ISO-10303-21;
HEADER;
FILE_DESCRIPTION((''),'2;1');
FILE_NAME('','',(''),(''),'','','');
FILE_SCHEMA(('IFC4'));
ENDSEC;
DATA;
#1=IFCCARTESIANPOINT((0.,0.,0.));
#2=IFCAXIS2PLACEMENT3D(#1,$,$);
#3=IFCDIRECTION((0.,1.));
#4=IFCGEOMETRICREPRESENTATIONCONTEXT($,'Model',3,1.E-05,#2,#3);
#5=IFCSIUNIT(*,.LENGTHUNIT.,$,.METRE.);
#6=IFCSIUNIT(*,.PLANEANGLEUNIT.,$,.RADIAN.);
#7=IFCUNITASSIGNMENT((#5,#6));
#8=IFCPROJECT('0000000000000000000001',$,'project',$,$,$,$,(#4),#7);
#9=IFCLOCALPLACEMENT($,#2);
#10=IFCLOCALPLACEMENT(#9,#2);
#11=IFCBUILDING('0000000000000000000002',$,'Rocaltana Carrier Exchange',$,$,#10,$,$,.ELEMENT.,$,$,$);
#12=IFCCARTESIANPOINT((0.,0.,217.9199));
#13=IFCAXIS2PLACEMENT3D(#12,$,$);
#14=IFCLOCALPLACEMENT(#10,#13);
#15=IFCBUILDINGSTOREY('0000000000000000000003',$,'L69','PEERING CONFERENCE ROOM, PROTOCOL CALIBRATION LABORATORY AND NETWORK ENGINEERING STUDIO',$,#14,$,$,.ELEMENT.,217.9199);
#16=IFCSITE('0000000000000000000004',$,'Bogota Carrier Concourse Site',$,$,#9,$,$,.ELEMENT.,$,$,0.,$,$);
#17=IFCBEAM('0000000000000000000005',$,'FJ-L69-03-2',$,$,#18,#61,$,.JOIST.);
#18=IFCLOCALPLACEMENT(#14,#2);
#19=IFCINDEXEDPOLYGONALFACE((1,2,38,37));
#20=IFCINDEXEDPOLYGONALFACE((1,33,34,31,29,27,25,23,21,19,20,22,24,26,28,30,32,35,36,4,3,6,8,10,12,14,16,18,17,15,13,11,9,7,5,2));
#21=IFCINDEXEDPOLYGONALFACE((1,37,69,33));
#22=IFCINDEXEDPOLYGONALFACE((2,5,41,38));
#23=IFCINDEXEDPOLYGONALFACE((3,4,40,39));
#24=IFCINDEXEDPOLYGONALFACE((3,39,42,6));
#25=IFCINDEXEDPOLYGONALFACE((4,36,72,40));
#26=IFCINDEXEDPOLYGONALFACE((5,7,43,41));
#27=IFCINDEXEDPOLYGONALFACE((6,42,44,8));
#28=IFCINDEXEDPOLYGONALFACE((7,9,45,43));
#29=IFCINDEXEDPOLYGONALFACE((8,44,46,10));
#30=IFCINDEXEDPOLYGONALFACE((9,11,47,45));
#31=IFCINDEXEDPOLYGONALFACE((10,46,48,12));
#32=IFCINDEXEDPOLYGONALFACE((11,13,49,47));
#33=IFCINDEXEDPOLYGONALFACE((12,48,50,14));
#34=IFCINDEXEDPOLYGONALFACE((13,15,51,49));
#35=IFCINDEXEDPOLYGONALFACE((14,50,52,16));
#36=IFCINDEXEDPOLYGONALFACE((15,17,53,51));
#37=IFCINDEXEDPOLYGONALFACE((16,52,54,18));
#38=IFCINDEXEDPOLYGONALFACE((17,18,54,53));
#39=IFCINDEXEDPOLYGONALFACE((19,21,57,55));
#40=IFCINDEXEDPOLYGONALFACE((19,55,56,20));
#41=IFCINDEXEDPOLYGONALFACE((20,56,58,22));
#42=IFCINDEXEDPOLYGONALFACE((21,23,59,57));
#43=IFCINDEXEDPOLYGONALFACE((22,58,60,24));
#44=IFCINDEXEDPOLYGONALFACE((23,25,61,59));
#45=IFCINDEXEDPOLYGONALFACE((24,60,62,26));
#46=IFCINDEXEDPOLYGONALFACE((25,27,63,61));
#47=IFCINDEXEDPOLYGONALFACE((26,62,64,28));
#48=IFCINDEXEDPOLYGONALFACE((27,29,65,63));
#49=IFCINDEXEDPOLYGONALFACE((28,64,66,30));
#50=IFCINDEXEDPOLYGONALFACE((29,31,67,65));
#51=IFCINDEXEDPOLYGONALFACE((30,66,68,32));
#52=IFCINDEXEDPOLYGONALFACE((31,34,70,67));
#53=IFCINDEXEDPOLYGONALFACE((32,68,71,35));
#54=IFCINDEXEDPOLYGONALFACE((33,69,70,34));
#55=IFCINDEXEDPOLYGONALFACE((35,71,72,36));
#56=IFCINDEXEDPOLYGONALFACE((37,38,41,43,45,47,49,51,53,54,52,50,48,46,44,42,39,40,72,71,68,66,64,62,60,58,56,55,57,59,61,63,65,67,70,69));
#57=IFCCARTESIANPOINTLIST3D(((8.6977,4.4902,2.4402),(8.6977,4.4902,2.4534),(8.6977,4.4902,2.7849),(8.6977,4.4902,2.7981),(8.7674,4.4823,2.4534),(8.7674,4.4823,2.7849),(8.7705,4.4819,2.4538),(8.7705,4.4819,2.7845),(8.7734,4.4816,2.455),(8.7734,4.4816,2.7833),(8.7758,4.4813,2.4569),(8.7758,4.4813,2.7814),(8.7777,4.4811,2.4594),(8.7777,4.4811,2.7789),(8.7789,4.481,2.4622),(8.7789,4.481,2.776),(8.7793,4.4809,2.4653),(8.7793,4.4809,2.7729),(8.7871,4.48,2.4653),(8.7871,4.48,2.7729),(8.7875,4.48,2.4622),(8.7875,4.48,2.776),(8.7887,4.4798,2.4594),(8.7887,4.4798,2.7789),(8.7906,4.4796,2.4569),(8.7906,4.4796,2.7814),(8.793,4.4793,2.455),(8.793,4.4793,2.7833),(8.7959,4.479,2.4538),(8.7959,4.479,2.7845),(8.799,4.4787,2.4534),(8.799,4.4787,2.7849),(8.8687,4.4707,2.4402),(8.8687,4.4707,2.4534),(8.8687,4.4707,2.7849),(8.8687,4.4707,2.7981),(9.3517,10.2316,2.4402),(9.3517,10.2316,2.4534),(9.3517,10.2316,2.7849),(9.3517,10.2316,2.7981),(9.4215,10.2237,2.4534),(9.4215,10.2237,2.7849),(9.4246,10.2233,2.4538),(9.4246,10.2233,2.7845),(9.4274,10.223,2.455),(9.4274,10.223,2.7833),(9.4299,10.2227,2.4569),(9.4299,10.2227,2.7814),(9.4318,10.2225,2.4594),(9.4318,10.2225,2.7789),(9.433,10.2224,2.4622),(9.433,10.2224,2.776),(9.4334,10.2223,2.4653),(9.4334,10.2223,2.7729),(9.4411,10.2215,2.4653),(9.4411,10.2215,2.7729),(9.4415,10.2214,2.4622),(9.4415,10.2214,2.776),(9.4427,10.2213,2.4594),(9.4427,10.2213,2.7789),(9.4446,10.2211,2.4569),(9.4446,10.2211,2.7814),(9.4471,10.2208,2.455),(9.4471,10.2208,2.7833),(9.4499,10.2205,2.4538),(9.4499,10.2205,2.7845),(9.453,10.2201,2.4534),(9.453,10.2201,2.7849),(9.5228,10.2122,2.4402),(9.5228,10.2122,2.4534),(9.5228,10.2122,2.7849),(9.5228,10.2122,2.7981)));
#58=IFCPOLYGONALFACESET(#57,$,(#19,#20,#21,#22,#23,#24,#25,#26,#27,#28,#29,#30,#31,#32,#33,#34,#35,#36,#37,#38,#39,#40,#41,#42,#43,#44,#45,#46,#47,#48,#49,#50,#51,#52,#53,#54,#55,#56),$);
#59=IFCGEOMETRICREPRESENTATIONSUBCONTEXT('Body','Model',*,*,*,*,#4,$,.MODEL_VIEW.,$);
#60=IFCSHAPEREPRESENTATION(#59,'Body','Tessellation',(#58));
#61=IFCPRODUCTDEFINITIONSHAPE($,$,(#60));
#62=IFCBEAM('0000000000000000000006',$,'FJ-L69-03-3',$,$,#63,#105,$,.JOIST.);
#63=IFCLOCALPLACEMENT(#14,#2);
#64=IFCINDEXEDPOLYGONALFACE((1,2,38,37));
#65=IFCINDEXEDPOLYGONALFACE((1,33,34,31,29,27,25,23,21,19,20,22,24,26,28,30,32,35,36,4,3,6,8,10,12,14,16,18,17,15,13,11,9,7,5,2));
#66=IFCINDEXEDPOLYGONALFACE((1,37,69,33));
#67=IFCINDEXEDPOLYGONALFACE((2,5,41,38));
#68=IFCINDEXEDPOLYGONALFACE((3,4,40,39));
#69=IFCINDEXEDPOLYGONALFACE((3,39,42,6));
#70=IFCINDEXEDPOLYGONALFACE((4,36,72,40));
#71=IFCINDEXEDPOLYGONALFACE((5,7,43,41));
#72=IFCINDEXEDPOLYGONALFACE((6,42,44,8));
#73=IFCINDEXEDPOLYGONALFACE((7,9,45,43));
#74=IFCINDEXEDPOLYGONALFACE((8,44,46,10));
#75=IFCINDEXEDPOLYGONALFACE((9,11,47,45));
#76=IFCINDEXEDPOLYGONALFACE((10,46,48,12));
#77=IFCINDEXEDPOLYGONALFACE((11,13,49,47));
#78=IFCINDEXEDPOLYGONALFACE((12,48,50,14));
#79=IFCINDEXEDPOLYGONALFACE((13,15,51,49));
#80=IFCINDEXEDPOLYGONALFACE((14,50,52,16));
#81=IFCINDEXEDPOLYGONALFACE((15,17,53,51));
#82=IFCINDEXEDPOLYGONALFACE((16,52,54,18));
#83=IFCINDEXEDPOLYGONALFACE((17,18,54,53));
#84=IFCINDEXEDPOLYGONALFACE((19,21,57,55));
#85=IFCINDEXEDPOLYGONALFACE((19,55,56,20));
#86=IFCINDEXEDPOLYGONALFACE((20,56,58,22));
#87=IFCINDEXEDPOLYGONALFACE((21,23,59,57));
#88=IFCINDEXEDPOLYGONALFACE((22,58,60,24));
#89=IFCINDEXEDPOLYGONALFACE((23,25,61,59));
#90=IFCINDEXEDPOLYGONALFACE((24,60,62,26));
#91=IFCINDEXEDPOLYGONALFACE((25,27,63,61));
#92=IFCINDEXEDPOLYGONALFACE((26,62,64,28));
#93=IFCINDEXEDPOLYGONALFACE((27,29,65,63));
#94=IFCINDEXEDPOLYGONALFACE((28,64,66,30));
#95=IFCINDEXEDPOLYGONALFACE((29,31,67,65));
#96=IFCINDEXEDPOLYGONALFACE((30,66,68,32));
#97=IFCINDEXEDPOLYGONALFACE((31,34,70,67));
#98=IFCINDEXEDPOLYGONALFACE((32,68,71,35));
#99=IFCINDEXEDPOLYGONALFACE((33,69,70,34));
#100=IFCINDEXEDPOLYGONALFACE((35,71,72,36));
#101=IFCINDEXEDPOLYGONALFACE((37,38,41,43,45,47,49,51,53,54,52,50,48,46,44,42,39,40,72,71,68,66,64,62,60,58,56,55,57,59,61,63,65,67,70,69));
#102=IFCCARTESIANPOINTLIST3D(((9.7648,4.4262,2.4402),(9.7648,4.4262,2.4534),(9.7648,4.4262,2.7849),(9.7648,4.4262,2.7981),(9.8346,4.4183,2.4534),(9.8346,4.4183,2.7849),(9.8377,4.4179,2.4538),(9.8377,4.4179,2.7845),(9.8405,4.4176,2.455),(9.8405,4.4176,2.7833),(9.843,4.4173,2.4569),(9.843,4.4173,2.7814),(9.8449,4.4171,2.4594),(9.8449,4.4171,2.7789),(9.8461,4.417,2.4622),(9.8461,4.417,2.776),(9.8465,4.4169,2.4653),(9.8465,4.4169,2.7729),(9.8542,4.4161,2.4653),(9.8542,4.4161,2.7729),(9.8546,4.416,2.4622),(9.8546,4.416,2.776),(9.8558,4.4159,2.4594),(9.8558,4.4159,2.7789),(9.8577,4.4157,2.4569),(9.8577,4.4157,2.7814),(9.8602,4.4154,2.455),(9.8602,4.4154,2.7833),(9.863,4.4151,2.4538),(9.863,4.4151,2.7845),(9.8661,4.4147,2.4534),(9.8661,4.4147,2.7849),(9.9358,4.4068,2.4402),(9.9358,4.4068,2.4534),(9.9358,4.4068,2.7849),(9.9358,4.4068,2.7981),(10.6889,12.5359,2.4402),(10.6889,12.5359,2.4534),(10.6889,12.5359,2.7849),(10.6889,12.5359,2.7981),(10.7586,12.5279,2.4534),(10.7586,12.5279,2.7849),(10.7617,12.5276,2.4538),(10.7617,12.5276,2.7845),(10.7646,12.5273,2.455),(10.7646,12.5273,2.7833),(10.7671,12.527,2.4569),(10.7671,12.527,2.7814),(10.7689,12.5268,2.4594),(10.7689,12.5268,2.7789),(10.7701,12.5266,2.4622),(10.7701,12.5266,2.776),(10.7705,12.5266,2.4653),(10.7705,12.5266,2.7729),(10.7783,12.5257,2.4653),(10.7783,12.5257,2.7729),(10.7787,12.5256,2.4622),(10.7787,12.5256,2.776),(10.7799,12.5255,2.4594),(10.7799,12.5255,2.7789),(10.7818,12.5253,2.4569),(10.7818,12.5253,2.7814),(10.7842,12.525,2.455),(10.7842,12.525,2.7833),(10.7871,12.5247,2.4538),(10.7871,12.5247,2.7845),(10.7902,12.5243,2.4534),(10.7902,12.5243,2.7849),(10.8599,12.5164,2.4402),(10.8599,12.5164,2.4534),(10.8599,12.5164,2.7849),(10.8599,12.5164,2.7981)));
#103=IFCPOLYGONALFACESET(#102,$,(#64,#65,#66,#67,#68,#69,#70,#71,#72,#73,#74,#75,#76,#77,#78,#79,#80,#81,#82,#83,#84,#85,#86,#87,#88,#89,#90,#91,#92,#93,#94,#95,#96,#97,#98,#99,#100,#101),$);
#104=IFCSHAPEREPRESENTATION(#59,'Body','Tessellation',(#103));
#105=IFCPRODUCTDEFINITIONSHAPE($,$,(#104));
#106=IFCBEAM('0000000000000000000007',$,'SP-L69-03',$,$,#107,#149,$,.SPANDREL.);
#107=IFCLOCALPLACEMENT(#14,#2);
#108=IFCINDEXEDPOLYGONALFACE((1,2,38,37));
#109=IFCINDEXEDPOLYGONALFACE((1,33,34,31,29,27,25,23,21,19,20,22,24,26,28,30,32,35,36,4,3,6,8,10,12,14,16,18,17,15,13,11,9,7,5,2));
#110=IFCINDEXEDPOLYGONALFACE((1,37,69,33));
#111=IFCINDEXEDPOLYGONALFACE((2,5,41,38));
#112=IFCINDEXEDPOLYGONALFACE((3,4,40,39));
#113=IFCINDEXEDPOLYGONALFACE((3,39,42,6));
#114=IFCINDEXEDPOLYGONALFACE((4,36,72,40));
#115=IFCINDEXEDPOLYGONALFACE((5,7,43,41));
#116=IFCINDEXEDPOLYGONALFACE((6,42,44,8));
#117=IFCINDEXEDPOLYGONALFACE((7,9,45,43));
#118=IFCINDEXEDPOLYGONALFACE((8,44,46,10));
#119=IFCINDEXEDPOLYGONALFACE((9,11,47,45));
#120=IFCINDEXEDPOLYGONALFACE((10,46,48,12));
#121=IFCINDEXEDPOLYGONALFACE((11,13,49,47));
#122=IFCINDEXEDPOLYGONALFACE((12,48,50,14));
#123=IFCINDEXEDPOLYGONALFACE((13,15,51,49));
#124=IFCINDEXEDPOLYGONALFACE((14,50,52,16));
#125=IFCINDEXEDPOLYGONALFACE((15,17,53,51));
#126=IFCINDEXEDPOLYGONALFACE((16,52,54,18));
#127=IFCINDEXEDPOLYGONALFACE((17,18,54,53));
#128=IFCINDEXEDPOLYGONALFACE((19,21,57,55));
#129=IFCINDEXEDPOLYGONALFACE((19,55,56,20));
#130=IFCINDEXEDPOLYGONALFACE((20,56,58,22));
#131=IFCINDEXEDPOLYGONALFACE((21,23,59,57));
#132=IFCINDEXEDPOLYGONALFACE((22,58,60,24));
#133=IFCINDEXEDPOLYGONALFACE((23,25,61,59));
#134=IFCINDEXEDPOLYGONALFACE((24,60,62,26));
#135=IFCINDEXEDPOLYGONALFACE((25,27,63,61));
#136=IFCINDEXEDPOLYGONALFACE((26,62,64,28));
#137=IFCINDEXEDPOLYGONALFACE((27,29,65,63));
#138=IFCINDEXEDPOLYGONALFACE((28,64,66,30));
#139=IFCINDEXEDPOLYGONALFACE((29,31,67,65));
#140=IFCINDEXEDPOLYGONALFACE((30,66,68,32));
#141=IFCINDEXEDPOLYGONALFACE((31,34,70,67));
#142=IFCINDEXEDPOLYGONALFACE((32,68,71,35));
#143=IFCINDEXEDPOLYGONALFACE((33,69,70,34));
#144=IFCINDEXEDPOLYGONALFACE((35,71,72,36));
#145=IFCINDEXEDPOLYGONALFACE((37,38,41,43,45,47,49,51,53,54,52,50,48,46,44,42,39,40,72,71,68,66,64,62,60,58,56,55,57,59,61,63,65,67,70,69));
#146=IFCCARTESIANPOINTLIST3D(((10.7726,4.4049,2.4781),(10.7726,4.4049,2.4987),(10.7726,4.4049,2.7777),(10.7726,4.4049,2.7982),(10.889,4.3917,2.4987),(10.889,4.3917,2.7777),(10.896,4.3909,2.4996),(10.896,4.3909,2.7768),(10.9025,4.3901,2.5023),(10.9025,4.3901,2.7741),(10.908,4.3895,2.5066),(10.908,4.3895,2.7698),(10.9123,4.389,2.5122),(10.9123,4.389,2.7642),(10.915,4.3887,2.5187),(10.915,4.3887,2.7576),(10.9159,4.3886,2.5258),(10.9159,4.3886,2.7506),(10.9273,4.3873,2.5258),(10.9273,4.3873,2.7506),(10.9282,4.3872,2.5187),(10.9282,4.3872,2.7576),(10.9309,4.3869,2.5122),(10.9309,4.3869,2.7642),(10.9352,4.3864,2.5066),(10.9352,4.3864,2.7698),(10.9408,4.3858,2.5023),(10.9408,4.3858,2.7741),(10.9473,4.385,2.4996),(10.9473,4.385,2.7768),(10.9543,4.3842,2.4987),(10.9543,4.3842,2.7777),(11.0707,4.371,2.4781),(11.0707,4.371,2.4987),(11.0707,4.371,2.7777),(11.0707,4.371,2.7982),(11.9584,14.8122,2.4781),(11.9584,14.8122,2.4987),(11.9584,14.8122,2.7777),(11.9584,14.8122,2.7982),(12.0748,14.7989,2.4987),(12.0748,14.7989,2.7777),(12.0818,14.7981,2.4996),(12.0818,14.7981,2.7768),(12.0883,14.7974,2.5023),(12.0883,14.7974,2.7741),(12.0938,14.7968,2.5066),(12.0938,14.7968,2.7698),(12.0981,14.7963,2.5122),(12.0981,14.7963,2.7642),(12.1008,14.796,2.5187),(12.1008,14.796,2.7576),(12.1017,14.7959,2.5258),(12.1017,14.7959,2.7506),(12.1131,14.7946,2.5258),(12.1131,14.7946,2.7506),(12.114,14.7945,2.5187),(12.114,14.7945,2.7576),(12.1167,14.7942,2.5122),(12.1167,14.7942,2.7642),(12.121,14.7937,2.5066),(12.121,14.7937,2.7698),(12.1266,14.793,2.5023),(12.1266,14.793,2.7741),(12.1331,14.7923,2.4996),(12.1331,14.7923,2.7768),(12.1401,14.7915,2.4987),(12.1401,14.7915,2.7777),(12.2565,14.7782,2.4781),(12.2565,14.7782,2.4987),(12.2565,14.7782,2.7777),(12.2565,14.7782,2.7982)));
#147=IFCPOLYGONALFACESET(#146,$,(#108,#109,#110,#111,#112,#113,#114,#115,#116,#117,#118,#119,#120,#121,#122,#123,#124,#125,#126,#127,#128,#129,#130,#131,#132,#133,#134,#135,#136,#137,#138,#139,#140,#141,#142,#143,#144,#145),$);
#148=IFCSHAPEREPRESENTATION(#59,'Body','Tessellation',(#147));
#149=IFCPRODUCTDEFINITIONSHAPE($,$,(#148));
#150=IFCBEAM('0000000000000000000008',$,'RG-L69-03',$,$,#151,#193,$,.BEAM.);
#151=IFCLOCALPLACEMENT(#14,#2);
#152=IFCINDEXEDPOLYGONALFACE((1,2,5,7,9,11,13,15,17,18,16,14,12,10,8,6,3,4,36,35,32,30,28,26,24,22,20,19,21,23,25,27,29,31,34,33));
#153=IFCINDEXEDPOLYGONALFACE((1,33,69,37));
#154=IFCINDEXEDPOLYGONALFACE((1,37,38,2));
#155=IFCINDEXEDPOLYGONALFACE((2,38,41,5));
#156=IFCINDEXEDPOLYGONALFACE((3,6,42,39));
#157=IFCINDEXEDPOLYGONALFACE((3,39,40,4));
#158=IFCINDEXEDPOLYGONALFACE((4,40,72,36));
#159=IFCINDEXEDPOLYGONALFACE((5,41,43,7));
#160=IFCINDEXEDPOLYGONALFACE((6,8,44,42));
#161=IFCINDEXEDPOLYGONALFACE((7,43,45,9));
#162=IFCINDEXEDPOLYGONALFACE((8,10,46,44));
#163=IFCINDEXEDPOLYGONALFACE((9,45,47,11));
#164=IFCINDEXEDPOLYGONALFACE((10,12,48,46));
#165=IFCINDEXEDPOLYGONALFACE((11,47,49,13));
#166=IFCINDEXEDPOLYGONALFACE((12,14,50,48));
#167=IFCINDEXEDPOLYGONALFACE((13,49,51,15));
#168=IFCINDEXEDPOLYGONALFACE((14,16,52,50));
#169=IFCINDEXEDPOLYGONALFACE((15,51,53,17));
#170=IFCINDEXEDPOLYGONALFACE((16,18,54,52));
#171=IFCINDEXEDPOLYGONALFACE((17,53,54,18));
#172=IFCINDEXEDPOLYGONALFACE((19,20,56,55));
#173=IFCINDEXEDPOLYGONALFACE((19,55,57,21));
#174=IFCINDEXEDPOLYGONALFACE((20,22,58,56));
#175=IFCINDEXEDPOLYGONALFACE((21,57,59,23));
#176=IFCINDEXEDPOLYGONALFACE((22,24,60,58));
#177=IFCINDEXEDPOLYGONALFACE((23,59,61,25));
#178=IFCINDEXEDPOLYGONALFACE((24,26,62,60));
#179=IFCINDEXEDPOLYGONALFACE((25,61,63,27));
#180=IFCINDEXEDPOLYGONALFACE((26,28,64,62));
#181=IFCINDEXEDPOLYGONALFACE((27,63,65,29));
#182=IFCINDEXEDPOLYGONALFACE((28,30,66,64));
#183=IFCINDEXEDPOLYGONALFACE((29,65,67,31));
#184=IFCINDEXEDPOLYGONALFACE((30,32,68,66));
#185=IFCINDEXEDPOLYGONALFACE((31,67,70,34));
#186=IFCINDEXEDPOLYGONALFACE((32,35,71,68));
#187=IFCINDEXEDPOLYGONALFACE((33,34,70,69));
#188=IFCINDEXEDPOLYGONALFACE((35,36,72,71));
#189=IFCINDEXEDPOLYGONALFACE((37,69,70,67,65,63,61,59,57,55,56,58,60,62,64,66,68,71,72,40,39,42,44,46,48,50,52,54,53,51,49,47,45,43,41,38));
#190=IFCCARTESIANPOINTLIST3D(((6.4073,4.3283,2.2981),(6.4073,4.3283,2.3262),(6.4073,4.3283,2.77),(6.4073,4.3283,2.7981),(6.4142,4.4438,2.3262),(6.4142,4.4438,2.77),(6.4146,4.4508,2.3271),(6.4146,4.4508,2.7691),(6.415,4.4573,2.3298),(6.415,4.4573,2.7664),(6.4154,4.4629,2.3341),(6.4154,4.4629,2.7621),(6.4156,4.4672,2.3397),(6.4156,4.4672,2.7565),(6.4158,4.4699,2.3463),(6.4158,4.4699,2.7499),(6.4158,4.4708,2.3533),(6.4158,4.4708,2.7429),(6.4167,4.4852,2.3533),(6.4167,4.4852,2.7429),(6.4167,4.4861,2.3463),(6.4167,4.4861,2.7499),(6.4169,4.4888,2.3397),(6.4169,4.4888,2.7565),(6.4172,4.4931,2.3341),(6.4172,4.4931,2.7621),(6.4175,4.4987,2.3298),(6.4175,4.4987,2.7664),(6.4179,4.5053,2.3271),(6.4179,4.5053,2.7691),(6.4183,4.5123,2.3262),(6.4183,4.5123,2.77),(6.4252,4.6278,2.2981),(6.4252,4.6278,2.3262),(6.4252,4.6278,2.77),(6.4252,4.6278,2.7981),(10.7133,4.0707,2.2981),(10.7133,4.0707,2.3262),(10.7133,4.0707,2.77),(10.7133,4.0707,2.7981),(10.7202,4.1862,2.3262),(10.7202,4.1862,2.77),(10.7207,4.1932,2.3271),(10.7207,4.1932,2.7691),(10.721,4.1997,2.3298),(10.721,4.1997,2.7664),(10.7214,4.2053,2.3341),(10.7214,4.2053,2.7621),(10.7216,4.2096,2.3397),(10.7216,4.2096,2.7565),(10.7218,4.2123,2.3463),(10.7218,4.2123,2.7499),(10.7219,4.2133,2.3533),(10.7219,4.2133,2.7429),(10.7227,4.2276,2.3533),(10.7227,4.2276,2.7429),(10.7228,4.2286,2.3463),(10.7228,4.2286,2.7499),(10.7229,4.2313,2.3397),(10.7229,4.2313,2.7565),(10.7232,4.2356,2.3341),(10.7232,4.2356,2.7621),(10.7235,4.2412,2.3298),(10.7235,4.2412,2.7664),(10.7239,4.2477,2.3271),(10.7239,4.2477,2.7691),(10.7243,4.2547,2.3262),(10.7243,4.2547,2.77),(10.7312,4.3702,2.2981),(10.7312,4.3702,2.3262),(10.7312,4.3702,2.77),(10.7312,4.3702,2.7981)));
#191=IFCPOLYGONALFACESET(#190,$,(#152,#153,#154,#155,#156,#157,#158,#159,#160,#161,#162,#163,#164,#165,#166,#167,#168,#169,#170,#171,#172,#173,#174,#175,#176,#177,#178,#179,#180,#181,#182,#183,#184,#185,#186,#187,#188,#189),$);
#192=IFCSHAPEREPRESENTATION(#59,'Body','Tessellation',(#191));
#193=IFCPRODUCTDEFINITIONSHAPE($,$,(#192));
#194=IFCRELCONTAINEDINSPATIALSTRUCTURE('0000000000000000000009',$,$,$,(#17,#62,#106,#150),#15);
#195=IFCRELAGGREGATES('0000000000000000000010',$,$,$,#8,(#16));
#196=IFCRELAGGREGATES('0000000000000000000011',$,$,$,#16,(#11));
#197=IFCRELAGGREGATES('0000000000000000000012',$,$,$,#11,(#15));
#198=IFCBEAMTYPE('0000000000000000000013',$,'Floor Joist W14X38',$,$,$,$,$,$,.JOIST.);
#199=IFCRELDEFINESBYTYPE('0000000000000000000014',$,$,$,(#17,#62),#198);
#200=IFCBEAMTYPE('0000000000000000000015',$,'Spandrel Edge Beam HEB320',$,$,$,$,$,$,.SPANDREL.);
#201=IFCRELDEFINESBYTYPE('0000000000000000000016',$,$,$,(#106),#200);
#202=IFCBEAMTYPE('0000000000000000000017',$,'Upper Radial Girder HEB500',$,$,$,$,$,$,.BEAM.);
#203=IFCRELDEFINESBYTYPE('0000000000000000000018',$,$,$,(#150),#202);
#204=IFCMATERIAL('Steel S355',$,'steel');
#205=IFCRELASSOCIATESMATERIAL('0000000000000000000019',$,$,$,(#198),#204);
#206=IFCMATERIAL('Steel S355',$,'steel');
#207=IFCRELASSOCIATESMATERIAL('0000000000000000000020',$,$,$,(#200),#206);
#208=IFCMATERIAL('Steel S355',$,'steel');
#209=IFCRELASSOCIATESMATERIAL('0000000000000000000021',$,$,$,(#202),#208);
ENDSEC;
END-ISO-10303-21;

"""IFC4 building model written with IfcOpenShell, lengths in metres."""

from ifc_helpers import new_model, si_unit, direction, frame, origin, origin_2d, place, context, subcontext, project, spatial, i_section, extrude, material, material_profile, profile_set, type_object, element, save


model = new_model("IFC4")

# Units and contexts
model_context = context("Model", 3, precision=1e-05, world=origin(), true_north=direction((0.0, 1.0)))
body_context = subcontext(model_context, "Body", "Model", "MODEL_VIEW")
ifc_project = project(units=[si_unit("LENGTHUNIT", "METRE"), si_unit("PLANEANGLEUNIT", "RADIAN")], contexts=[model_context])

# Site, building, storey
site_placement = place(None, origin())
site = spatial("IfcSite", under=ifc_project, at=site_placement, Name="Bogota Carrier Concourse Site", CompositionType="ELEMENT", RefElevation=0.0)
building_placement = place(site_placement, origin())
building = spatial("IfcBuilding", under=site, at=building_placement, Name="Rocaltana Carrier Exchange", CompositionType="ELEMENT")
storey_placement = place(building_placement, frame((0.0, 0.0, 217.9199)))
storey = spatial("IfcBuildingStorey", under=building, at=storey_placement, Name="L69", Description="PEERING CONFERENCE ROOM, PROTOCOL CALIBRATION LABORATORY AND NETWORK ENGINEERING STUDIO", CompositionType="ELEMENT", Elevation=217.9199)

# Beams
ifc_material_1 = material(Name="Steel S355", Category="steel")
ifc_material_profile_1 = material_profile(ifc_material_1, i_section(OverallWidth=0.1721, OverallDepth=0.3579, WebThickness=0.0078, FlangeThickness=0.0132, FilletRadius=0.012, at=origin_2d()), Name="W14X38")
ifc_profile_set_1 = profile_set([ifc_material_profile_1], Name="Steel S355")
beam_type_1 = type_object("IfcBeamType", Name="Floor Joist W14X38", PredefinedType="JOIST", material=ifc_profile_set_1)
beam_1_placement = place(storey_placement, frame((8.7832, 4.4805, 2.6191), z_axis=(0.113186, 0.993574, 0.0), x_axis=(-0.993574, 0.113186, 0.0)))
element("IfcBeam", 1, at=beam_1_placement, inside=storey, type_object=beam_type_1, Name="FJ-L69-03-2", PredefinedType="JOIST", context=body_context, shape_type="SweptSolid", body=[
    extrude(i_section(OverallWidth=0.1721, OverallDepth=0.3579, WebThickness=0.0078, FlangeThickness=0.0132, FilletRadius=0.012, at=origin_2d()), origin(), (0.0, 0.0, 1.0), 5.7786),
])
beam_2_placement = place(storey_placement, frame((9.8503, 4.4165, 2.6191), z_axis=(0.113215, 0.993571, 0.0), x_axis=(-0.993571, 0.113215, 0.0)))
element("IfcBeam", 2, at=beam_2_placement, inside=storey, type_object=beam_type_1, Name="FJ-L69-03-3", PredefinedType="JOIST", context=body_context, shape_type="SweptSolid", body=[
    extrude(i_section(OverallWidth=0.1721, OverallDepth=0.3579, WebThickness=0.0078, FlangeThickness=0.0132, FilletRadius=0.012, at=origin_2d()), origin(), (0.0, 0.0, 1.0), 8.1621),
])
ifc_material_2 = material(Name="Steel S355", Category="steel")
ifc_material_profile_2 = material_profile(ifc_material_2, i_section(OverallWidth=0.3, OverallDepth=0.3201, WebThickness=0.0115, FlangeThickness=0.0205, FilletRadius=0.0271, at=origin_2d()), Name="HEB320")
ifc_profile_set_2 = profile_set([ifc_material_profile_2], Name="Steel S355")
beam_type_2 = type_object("IfcBeamType", Name="Spandrel Edge Beam HEB320", PredefinedType="SPANDREL", material=ifc_profile_set_2)
beam_3_placement = place(storey_placement, frame((10.9216, 4.3879, 2.6382), z_axis=(0.113207, 0.993571, 0.0), x_axis=(-0.993571, 0.113207, 0.0)))
element("IfcBeam", 3, at=beam_3_placement, inside=storey, type_object=beam_type_2, Name="SP-L69-03", PredefinedType="SPANDREL", context=body_context, shape_type="SweptSolid", body=[
    extrude(i_section(OverallWidth=0.3, OverallDepth=0.3201, WebThickness=0.0115, FlangeThickness=0.0205, FilletRadius=0.0271, at=origin_2d()), origin(), (0.0, 0.0, 1.0), 10.4746),
])
ifc_material_3 = material(Name="Steel S355", Category="steel")
ifc_material_profile_3 = material_profile(ifc_material_3, i_section(OverallWidth=0.3, OverallDepth=0.5, WebThickness=0.0144, FlangeThickness=0.0281, FilletRadius=0.0271, at=origin_2d()), Name="HEB500")
ifc_profile_set_3 = profile_set([ifc_material_profile_3], Name="Steel S355")
beam_type_3 = type_object("IfcBeamType", Name="Upper Radial Girder HEB500", PredefinedType="BEAM", material=ifc_profile_set_3)
beam_4_placement = place(storey_placement, frame((6.4163, 4.478, 2.5481), z_axis=(0.998216, -0.059711, 0.0), x_axis=(0.059711, 0.998216, 0.0)))
element("IfcBeam", 4, at=beam_4_placement, inside=storey, type_object=beam_type_3, Name="RG-L69-03", PredefinedType="BEAM", context=body_context, shape_type="SweptSolid", body=[
    extrude(i_section(OverallWidth=0.3, OverallDepth=0.5, WebThickness=0.0144, FlangeThickness=0.0281, FilletRadius=0.0271, at=origin_2d()), origin(), (0.0, 0.0, 1.0), 4.3137),
])

save(model, "model.ifc")
